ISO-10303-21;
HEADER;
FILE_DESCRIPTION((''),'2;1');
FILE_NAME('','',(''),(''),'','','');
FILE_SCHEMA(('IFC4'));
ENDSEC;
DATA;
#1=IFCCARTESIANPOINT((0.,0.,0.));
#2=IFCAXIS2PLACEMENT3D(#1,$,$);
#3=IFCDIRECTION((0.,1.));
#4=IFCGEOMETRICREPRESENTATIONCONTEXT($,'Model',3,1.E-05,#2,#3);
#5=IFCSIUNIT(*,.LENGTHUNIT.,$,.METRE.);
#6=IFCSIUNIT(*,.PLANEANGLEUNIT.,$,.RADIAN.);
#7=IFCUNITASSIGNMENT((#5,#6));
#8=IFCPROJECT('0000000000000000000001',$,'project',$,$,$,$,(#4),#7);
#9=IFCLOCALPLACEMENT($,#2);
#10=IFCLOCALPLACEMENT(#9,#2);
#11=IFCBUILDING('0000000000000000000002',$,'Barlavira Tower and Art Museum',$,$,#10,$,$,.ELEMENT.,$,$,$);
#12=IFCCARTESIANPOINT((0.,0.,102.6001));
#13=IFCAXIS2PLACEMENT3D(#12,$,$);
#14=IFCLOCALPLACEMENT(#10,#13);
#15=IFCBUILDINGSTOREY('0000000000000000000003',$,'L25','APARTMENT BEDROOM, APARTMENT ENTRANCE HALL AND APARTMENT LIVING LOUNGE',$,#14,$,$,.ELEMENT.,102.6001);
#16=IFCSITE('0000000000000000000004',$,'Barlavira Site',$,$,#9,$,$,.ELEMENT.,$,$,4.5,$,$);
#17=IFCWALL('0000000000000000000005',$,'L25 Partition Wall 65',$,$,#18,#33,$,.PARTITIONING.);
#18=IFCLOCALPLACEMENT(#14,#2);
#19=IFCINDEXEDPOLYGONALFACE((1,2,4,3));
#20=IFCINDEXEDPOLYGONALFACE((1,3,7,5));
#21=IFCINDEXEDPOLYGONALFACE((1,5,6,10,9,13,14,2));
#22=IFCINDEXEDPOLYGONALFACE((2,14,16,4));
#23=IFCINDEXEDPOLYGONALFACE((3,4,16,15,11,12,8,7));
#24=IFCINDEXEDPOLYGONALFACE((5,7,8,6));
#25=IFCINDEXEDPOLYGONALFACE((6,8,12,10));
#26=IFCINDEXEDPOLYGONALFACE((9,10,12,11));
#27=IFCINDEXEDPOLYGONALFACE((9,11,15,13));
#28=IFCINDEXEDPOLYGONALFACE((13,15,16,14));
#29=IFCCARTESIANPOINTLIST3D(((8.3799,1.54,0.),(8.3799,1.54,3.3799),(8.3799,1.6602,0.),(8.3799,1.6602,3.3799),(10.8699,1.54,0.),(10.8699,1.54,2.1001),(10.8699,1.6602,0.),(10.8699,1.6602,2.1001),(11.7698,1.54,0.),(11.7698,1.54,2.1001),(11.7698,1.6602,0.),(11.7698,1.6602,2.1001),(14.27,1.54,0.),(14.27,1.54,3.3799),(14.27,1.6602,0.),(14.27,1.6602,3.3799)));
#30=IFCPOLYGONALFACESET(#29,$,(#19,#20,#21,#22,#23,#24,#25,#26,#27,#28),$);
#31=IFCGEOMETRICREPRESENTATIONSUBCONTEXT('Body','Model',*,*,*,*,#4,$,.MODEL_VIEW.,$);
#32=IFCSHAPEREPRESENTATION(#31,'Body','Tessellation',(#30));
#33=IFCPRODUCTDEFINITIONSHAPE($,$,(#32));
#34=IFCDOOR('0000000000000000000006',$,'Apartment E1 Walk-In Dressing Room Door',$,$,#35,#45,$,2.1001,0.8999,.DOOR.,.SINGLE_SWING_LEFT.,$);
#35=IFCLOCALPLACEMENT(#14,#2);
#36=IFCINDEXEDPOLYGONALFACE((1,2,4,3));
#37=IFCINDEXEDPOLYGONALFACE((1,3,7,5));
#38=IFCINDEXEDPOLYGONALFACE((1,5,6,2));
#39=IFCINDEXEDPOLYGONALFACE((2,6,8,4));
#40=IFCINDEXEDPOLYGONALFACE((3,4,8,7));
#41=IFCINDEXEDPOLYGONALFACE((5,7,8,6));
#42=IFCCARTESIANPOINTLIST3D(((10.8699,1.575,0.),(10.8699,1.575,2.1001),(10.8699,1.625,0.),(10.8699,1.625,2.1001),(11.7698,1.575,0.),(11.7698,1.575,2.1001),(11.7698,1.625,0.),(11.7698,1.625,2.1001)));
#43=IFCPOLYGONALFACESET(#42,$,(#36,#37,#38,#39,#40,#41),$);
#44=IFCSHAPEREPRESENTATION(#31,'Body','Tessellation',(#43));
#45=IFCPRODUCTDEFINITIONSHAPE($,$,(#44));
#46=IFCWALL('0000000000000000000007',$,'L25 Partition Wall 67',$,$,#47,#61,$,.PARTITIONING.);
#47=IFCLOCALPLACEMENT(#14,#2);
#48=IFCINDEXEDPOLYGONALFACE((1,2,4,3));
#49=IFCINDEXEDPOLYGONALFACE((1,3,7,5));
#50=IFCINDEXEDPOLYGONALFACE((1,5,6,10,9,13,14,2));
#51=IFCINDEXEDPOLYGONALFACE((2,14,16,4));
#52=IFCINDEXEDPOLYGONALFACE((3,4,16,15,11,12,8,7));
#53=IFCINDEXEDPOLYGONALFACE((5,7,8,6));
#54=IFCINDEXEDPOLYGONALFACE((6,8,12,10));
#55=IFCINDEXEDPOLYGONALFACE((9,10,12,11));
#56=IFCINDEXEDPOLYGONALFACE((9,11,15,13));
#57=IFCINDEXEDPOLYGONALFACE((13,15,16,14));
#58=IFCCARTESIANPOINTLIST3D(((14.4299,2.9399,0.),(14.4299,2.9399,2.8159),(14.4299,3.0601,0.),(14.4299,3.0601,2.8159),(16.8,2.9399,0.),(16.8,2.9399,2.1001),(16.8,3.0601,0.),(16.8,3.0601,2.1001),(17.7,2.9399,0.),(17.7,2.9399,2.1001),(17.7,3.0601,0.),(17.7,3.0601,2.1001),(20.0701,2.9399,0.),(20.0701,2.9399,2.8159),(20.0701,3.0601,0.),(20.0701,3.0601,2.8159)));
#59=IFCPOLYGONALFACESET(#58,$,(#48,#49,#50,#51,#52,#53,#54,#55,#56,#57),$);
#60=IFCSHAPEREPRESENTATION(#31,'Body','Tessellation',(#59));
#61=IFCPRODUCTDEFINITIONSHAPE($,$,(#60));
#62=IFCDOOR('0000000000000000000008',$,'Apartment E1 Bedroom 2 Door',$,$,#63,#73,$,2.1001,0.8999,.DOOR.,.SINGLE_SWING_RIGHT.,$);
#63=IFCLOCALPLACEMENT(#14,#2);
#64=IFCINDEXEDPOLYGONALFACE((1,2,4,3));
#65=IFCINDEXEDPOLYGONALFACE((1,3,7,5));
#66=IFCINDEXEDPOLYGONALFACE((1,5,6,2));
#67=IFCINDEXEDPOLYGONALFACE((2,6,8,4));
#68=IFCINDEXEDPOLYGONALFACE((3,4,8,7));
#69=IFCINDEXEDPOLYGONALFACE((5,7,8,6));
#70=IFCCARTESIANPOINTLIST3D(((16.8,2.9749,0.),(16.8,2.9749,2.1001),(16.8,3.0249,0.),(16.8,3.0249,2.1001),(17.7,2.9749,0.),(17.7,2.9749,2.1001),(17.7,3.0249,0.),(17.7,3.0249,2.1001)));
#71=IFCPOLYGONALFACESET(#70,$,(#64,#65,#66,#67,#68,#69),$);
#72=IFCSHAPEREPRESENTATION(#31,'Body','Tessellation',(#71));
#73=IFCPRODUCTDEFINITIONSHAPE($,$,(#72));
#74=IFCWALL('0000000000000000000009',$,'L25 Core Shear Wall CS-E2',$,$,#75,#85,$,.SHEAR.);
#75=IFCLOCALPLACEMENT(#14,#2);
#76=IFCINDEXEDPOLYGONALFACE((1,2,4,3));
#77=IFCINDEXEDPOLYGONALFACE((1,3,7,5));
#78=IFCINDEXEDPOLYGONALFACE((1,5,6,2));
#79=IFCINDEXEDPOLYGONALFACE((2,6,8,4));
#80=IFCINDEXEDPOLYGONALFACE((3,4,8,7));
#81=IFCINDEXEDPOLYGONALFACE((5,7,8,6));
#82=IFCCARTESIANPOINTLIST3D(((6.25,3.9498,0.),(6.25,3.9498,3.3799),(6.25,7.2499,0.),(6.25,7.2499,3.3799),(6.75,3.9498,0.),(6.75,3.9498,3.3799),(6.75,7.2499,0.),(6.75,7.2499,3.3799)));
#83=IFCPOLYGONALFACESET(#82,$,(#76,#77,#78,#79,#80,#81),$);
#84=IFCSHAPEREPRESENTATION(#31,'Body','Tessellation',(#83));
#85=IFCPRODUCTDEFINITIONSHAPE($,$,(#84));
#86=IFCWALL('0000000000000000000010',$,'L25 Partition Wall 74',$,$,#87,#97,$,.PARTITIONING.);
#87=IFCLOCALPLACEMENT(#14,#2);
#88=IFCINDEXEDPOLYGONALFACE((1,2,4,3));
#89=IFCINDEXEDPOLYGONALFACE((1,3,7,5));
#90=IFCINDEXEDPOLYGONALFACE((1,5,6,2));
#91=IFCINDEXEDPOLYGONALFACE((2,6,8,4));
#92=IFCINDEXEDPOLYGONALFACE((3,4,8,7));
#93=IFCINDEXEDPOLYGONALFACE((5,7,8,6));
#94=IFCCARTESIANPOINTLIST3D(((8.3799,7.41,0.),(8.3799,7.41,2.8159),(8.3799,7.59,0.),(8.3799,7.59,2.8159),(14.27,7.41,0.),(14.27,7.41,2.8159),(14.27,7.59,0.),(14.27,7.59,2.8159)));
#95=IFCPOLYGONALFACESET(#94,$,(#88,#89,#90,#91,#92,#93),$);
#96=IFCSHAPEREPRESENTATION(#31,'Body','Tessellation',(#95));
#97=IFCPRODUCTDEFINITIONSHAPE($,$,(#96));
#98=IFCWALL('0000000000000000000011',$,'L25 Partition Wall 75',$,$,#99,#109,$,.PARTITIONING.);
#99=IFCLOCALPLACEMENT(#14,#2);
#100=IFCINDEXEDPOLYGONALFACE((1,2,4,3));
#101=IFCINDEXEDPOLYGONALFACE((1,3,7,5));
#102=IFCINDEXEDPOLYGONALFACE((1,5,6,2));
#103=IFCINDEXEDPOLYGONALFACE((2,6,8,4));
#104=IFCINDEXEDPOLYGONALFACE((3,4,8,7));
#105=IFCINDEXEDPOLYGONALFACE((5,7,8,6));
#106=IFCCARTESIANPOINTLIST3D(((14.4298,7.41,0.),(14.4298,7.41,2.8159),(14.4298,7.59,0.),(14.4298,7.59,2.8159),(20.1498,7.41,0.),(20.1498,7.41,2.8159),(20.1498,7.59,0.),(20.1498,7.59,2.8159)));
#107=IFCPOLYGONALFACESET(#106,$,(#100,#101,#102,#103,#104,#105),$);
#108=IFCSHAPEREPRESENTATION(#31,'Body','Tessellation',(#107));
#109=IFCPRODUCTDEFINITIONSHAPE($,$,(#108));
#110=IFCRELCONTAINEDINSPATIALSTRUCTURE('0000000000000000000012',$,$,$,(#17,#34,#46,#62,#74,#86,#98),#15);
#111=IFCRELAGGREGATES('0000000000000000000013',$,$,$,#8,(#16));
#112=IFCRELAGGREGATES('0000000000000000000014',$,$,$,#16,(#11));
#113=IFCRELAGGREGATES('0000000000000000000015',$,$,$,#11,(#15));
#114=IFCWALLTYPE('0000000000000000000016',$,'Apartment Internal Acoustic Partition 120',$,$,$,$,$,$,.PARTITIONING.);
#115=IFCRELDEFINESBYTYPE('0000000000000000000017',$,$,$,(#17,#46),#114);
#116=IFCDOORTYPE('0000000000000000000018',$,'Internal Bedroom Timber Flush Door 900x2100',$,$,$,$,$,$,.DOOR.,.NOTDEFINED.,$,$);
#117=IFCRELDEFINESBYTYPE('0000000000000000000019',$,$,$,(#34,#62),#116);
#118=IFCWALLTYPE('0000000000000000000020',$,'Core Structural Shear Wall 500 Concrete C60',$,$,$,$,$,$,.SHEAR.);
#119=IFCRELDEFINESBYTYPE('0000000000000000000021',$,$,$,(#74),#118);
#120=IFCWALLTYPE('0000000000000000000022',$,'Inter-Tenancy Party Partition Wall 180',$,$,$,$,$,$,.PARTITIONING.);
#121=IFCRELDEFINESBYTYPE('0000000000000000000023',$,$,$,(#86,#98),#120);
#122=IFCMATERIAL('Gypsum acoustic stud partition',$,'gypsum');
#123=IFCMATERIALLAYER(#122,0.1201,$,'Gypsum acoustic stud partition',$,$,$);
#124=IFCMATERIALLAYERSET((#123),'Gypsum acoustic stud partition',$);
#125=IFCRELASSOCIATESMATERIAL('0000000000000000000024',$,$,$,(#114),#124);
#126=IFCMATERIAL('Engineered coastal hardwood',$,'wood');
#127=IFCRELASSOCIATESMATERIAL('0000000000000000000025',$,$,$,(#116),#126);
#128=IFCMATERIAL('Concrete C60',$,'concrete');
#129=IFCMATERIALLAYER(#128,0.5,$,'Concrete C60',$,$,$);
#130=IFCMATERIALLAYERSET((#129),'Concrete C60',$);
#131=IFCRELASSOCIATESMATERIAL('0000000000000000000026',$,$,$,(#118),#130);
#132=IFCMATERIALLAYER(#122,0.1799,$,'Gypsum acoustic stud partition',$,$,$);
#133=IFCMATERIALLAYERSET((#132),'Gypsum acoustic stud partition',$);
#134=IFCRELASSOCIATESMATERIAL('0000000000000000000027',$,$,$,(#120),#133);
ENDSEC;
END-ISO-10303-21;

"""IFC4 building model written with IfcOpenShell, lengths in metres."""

from ifc_helpers import new_model, si_unit, direction, frame, frame_2d, origin, place, context, subcontext, project, spatial, rectangle, extrude, material, layer, layer_set, type_object, element, fill, save


model = new_model("IFC4")

# Units and contexts
model_context = context("Model", 3, precision=1e-05, world=origin(), true_north=direction((0.0, 1.0)))
body_context = subcontext(model_context, "Body", "Model", "MODEL_VIEW")
ifc_project = project(units=[si_unit("LENGTHUNIT", "METRE"), si_unit("PLANEANGLEUNIT", "RADIAN")], contexts=[model_context])

# Site, building, storey
site_placement = place(None, origin())
site = spatial("IfcSite", under=ifc_project, at=site_placement, Name="Barlavira Site", CompositionType="ELEMENT", RefElevation=4.5)
building_placement = place(site_placement, origin())
building = spatial("IfcBuilding", under=site, at=building_placement, Name="Barlavira Tower and Art Museum", CompositionType="ELEMENT")
storey_placement = place(building_placement, frame((0.0, 0.0, 102.6001)))
storey = spatial("IfcBuildingStorey", under=building, at=storey_placement, Name="L25", Description="APARTMENT BEDROOM, APARTMENT ENTRANCE HALL AND APARTMENT LIVING LOUNGE", CompositionType="ELEMENT", Elevation=102.6001)

# Walls, openings, doors
ifc_material_1 = material(Name="Gypsum acoustic stud partition", Category="gypsum")
ifc_layer_1 = layer(ifc_material_1, 0.1201, Name="Gypsum acoustic stud partition")
ifc_layer_set_1 = layer_set([ifc_layer_1], Name="Gypsum acoustic stud partition")
wall_type_1 = type_object("IfcWallType", Name="Apartment Internal Acoustic Partition 120", PredefinedType="PARTITIONING", material=ifc_layer_set_1)
ifc_material_2 = material(Name="Engineered coastal hardwood", Category="wood")
door_type_1 = type_object("IfcDoorType", Name="Internal Bedroom Timber Flush Door 900x2100", OperationType="NOTDEFINED", PredefinedType="DOOR", material=ifc_material_2)
wall_1_placement = place(storey_placement, frame((8.3799, 1.6001, 0.0), z_axis=(0.0, 0.0, 1.0), x_axis=(1.0, 0.0, 0.0)))
wall_1 = element("IfcWall", 1, at=wall_1_placement, inside=storey, type_object=wall_type_1, Name="L25 Partition Wall 65", PredefinedType="PARTITIONING", context=body_context, shape_type="SweptSolid", body=[
    extrude(rectangle(XDim=5.8901, YDim=0.1201, at=frame_2d((2.9451, 0.0))), origin(), (0.0, 0.0, 1.0), 3.3799),
])
opening_1_placement = place(wall_1_placement, frame((2.49, 0.0, 0.0)))
opening_1 = element("IfcOpeningElement", 2, at=opening_1_placement, cuts=wall_1, PredefinedType="OPENING", context=body_context, shape_type="SweptSolid", body=[
    extrude(rectangle(XDim=0.8999, YDim=2.1001, at=frame_2d((0.45, 1.05))), frame((0.0, 0.0701, 0.0), z_axis=(0.0, -1.0, 0.0), x_axis=(1.0, 0.0, 0.0)), (0.0, 0.0, 1.0), 0.1401),
])
door_1_placement = place(opening_1_placement, origin())
door_1 = element("IfcDoor", 3, at=door_1_placement, inside=storey, type_object=door_type_1, Name="Apartment E1 Walk-In Dressing Room Door", OperationType="SINGLE_SWING_LEFT", OverallHeight=2.1001, OverallWidth=0.8999, PredefinedType="DOOR", context=body_context, shape_type="SweptSolid", body=[
    extrude(rectangle(XDim=0.8999, YDim=2.1001, at=frame_2d((0.45, 1.05))), frame((0.0, 0.0249, 0.0), z_axis=(0.0, -1.0, 0.0), x_axis=(1.0, 0.0, 0.0)), (0.0, 0.0, 1.0), 0.05),
])
fill(opening_1, door_1)
wall_2_placement = place(storey_placement, frame((14.4299, 3.0, 0.0), z_axis=(0.0, 0.0, 1.0), x_axis=(1.0, 0.0, 0.0)))
wall_2 = element("IfcWall", 4, at=wall_2_placement, inside=storey, type_object=wall_type_1, Name="L25 Partition Wall 67", PredefinedType="PARTITIONING", context=body_context, shape_type="SweptSolid", body=[
    extrude(rectangle(XDim=5.6401, YDim=0.1201, at=frame_2d((2.8201, 0.0))), origin(), (0.0, 0.0, 1.0), 2.8159),
])
opening_2_placement = place(wall_2_placement, frame((2.3701, 0.0, 0.0)))
opening_2 = element("IfcOpeningElement", 5, at=opening_2_placement, cuts=wall_2, PredefinedType="OPENING", context=body_context, shape_type="SweptSolid", body=[
    extrude(rectangle(XDim=0.8999, YDim=2.1001, at=frame_2d((0.45, 1.05))), frame((0.0, 0.0701, 0.0), z_axis=(0.0, -1.0, 0.0), x_axis=(1.0, 0.0, 0.0)), (0.0, 0.0, 1.0), 0.1401),
])
door_2_placement = place(opening_2_placement, origin())
door_2 = element("IfcDoor", 6, at=door_2_placement, inside=storey, type_object=door_type_1, Name="Apartment E1 Bedroom 2 Door", OperationType="SINGLE_SWING_RIGHT", OverallHeight=2.1001, OverallWidth=0.8999, PredefinedType="DOOR", context=body_context, shape_type="SweptSolid", body=[
    extrude(rectangle(XDim=0.8999, YDim=2.1001, at=frame_2d((0.45, 1.05))), frame((0.0, 0.0249, 0.0), z_axis=(0.0, -1.0, 0.0), x_axis=(1.0, 0.0, 0.0)), (0.0, 0.0, 1.0), 0.05),
])
fill(opening_2, door_2)

# Walls
ifc_material_3 = material(Name="Concrete C60", Category="concrete")
ifc_layer_2 = layer(ifc_material_3, 0.5, Name="Concrete C60")
ifc_layer_set_2 = layer_set([ifc_layer_2], Name="Concrete C60")
wall_type_2 = type_object("IfcWallType", Name="Core Structural Shear Wall 500 Concrete C60", PredefinedType="SHEAR", material=ifc_layer_set_2)
wall_3_placement = place(storey_placement, frame((6.5, 3.95, 0.0), z_axis=(0.0, 0.0, 1.0), x_axis=(0.0, 1.0, 0.0)))
element("IfcWall", 7, at=wall_3_placement, inside=storey, type_object=wall_type_2, Name="L25 Core Shear Wall CS-E2", PredefinedType="SHEAR", context=body_context, shape_type="SweptSolid", body=[
    extrude(rectangle(XDim=3.3, YDim=0.5, at=frame_2d((1.6499, 0.0))), origin(), (0.0, 0.0, 1.0), 3.3799),
])
ifc_layer_3 = layer(ifc_material_1, 0.1799, Name="Gypsum acoustic stud partition")
ifc_layer_set_3 = layer_set([ifc_layer_3], Name="Gypsum acoustic stud partition")
wall_type_3 = type_object("IfcWallType", Name="Inter-Tenancy Party Partition Wall 180", PredefinedType="PARTITIONING", material=ifc_layer_set_3)
wall_4_placement = place(storey_placement, frame((8.3799, 7.5, 0.0), z_axis=(0.0, 0.0, 1.0), x_axis=(1.0, 0.0, 0.0)))
element("IfcWall", 8, at=wall_4_placement, inside=storey, type_object=wall_type_3, Name="L25 Partition Wall 74", PredefinedType="PARTITIONING", context=body_context, shape_type="SweptSolid", body=[
    extrude(rectangle(XDim=5.8901, YDim=0.1799, at=frame_2d((2.9451, 0.0))), origin(), (0.0, 0.0, 1.0), 2.8159),
])
wall_5_placement = place(storey_placement, frame((14.4299, 7.5, 0.0), z_axis=(0.0, 0.0, 1.0), x_axis=(1.0, 0.0, 0.0)))
element("IfcWall", 9, at=wall_5_placement, inside=storey, type_object=wall_type_3, Name="L25 Partition Wall 75", PredefinedType="PARTITIONING", context=body_context, shape_type="SweptSolid", body=[
    extrude(rectangle(XDim=5.72, YDim=0.1799, at=frame_2d((2.8599, 0.0))), origin(), (0.0, 0.0, 1.0), 2.8159),
])

save(model, "model.ifc")
